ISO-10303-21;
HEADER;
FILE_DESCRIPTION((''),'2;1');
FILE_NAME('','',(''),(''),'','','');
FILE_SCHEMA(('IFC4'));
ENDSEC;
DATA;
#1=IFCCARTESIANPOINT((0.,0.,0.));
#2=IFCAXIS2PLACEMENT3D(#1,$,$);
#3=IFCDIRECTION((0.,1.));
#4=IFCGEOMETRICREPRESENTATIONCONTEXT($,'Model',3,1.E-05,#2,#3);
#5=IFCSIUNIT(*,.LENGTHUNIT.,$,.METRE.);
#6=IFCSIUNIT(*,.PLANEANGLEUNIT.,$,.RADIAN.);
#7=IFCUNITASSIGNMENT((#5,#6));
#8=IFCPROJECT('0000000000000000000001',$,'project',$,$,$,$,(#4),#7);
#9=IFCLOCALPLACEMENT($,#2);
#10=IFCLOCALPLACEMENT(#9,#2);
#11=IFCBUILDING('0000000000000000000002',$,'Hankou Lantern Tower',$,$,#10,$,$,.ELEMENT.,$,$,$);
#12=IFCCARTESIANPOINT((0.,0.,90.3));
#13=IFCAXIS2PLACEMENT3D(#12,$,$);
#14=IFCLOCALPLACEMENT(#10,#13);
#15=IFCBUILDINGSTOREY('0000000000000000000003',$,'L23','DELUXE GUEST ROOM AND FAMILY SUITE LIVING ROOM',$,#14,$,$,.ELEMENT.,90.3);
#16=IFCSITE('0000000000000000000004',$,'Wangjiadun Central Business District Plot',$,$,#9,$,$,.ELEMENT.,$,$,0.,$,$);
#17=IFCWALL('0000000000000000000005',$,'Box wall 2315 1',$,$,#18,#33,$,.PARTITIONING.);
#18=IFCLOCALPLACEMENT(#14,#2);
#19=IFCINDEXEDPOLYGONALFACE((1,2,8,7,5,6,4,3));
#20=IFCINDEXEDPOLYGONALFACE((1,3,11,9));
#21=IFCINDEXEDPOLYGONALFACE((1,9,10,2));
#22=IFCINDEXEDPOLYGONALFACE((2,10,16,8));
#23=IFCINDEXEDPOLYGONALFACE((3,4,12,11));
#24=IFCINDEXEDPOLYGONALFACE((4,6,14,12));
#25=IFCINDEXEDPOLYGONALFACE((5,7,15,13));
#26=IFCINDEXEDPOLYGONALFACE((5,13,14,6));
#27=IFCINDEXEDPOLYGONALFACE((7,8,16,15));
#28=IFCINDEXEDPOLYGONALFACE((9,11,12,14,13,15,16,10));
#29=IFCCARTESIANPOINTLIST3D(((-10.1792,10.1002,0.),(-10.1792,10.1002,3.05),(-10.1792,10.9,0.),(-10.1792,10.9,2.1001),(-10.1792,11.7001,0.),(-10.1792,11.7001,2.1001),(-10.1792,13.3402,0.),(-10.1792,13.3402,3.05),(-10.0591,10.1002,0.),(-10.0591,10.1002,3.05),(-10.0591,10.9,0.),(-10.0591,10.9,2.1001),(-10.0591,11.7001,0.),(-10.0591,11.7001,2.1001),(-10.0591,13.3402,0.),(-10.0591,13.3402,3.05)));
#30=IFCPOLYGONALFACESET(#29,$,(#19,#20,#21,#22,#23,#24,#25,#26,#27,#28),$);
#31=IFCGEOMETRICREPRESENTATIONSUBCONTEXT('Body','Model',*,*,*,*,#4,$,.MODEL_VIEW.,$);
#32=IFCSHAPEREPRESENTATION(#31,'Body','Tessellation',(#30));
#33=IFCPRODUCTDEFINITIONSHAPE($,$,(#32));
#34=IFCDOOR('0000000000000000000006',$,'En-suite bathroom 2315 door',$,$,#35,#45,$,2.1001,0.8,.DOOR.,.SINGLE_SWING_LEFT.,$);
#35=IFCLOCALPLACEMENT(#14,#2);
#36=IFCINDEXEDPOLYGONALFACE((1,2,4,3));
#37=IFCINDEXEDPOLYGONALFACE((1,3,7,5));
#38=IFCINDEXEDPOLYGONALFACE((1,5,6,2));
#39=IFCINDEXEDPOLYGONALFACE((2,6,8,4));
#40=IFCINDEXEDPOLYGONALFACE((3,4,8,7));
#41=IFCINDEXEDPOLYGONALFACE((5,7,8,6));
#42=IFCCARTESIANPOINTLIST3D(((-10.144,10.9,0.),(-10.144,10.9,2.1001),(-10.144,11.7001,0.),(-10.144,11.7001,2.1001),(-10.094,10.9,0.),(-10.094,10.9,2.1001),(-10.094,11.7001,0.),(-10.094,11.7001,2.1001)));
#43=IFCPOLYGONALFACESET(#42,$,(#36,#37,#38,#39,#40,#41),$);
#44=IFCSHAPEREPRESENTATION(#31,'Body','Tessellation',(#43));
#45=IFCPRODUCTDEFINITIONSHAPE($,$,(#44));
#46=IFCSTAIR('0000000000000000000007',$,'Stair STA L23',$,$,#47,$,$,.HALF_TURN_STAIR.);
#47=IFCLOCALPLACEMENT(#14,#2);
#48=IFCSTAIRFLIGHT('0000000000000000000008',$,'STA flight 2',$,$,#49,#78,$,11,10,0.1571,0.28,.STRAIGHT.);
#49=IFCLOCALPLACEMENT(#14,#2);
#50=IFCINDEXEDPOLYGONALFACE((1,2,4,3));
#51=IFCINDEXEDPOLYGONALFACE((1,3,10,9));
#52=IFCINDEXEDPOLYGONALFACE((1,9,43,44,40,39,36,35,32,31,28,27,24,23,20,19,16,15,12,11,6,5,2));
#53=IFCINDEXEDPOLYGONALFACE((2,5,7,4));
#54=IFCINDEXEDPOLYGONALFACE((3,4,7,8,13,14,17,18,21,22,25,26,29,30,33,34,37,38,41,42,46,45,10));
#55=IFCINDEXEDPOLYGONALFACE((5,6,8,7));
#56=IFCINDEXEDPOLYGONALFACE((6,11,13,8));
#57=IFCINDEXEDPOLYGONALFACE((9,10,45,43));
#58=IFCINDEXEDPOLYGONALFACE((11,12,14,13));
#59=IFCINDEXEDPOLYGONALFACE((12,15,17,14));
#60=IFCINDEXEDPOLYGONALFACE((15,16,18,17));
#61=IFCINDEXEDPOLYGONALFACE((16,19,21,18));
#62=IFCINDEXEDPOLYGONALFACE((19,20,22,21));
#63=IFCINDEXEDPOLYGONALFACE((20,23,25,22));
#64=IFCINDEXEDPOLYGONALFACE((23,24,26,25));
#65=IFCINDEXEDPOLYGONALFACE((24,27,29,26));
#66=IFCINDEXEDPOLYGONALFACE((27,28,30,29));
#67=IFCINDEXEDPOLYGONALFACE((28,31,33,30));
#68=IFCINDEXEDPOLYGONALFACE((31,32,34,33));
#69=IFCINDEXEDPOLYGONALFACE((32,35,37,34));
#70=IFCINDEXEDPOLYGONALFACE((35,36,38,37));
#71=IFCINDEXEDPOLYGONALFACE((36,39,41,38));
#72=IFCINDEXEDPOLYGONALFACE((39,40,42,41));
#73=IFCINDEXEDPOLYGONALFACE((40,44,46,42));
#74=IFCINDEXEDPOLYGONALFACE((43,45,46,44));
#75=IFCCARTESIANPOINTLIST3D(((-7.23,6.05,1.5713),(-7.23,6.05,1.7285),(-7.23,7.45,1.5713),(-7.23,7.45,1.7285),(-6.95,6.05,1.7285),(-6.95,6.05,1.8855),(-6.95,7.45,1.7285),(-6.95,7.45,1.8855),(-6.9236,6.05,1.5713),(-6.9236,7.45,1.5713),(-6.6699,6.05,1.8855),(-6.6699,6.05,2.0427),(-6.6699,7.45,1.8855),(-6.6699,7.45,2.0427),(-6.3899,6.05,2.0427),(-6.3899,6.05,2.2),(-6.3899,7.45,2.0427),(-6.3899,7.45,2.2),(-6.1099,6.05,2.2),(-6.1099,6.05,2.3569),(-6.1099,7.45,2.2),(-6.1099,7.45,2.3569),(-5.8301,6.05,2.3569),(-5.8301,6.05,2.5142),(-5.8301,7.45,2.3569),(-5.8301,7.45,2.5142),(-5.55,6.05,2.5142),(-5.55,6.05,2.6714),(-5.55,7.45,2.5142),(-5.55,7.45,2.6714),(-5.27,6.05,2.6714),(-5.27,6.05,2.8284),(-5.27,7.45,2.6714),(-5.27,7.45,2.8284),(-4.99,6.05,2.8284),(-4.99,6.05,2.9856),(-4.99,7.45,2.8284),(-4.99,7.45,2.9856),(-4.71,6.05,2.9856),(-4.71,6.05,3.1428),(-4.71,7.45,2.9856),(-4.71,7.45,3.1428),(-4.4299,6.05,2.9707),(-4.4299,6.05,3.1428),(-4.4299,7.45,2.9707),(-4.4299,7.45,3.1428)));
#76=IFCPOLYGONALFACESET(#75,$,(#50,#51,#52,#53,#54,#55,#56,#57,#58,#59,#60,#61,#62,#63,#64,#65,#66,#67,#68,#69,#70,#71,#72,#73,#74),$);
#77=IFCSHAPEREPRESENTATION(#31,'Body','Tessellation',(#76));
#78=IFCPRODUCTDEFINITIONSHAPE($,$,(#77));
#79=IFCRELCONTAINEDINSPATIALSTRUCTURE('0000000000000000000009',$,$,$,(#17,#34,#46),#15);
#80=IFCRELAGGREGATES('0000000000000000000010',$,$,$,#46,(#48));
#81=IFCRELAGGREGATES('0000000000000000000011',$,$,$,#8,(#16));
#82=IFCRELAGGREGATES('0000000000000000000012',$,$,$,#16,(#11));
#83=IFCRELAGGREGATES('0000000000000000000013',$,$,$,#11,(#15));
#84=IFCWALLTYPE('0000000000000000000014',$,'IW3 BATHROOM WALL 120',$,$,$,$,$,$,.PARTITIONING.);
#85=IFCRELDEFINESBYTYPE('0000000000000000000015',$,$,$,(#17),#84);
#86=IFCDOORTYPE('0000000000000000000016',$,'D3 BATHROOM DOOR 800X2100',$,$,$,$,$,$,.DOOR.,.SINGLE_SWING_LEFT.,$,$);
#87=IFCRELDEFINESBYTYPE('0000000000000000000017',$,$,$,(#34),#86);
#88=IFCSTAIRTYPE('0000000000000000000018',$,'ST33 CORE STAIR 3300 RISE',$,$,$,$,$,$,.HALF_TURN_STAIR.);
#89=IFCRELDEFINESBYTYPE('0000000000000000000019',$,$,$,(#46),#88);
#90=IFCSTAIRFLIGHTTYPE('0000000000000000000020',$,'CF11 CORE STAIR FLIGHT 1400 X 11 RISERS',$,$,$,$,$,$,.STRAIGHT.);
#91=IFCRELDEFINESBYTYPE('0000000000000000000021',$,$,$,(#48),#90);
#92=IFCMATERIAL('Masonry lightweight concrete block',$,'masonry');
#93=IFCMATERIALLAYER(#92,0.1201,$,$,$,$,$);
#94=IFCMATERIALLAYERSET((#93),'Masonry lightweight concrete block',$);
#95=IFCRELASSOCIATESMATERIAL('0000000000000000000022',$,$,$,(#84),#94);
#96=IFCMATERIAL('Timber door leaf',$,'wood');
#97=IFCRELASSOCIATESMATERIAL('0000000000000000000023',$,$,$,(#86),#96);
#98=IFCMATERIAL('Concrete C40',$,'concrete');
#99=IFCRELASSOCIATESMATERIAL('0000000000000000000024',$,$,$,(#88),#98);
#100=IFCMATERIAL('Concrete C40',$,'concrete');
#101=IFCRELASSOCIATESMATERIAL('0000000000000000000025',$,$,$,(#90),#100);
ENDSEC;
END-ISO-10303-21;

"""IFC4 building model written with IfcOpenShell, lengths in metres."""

from ifc_helpers import new_model, si_unit, direction, frame, frame_2d, origin, place, context, subcontext, project, spatial, polyline, rectangle, outline, extrude, material, layer, layer_set, type_object, element, fill, aggregate, save


model = new_model("IFC4")

# Units and contexts
model_context = context("Model", 3, precision=1e-05, world=origin(), true_north=direction((0.0, 1.0)))
body_context = subcontext(model_context, "Body", "Model", "MODEL_VIEW")
ifc_project = project(units=[si_unit("LENGTHUNIT", "METRE"), si_unit("PLANEANGLEUNIT", "RADIAN")], contexts=[model_context])

# Site, building, storey
site_placement = place(None, origin())
site = spatial("IfcSite", under=ifc_project, at=site_placement, Name="Wangjiadun Central Business District Plot", CompositionType="ELEMENT", RefElevation=0.0)
building_placement = place(site_placement, origin())
building = spatial("IfcBuilding", under=site, at=building_placement, Name="Hankou Lantern Tower", CompositionType="ELEMENT")
storey_placement = place(building_placement, frame((0.0, 0.0, 90.3)))
storey = spatial("IfcBuildingStorey", under=building, at=storey_placement, Name="L23", Description="DELUXE GUEST ROOM AND FAMILY SUITE LIVING ROOM", CompositionType="ELEMENT", Elevation=90.3)

# Wall, opening, door
ifc_material_1 = material(Name="Masonry lightweight concrete block", Category="masonry")
ifc_layer_1 = layer(ifc_material_1, 0.1201)
ifc_layer_set_1 = layer_set([ifc_layer_1], Name="Masonry lightweight concrete block")
wall_type_1 = type_object("IfcWallType", Name="IW3 BATHROOM WALL 120", PredefinedType="PARTITIONING", material=ifc_layer_set_1)
wall_1_placement = place(storey_placement, frame((-10.1191, 10.1001, 0.0), z_axis=(0.0, 0.0, 1.0), x_axis=(0.0, 1.0, 0.0)))
wall_1 = element("IfcWall", 1, at=wall_1_placement, inside=storey, type_object=wall_type_1, Name="Box wall 2315 1", PredefinedType="PARTITIONING", context=body_context, shape_type="SweptSolid", body=[
    extrude(rectangle(XDim=3.24, YDim=0.1201, at=frame_2d((1.6201, 0.0))), origin(), (0.0, 0.0, 1.0), 3.05),
])
opening_1_placement = place(wall_1_placement, frame((0.8, 0.0, 0.0)))
opening_1 = element("IfcOpeningElement", 2, at=opening_1_placement, cuts=wall_1, PredefinedType="OPENING", context=body_context, shape_type="SweptSolid", body=[
    extrude(rectangle(XDim=0.8, YDim=2.1001, at=frame_2d((0.3999, 1.05))), frame((0.0, 0.0701, 0.0), z_axis=(0.0, -1.0, 0.0), x_axis=(1.0, 0.0, 0.0)), (0.0, 0.0, 1.0), 0.1401),
])
ifc_material_2 = material(Name="Timber door leaf", Category="wood")
door_type_1 = type_object("IfcDoorType", Name="D3 BATHROOM DOOR 800X2100", OperationType="SINGLE_SWING_LEFT", PredefinedType="DOOR", material=ifc_material_2)
door_1_placement = place(opening_1_placement, origin())
door_1 = element("IfcDoor", 3, at=door_1_placement, inside=storey, type_object=door_type_1, Name="En-suite bathroom 2315 door", OperationType="SINGLE_SWING_LEFT", OverallHeight=2.1001, OverallWidth=0.8, PredefinedType="DOOR", context=body_context, shape_type="SweptSolid", body=[
    extrude(rectangle(XDim=0.8, YDim=2.1001, at=frame_2d((0.3999, 1.05))), frame((0.0, 0.0249, 0.0), z_axis=(0.0, -1.0, 0.0), x_axis=(1.0, 0.0, 0.0)), (0.0, 0.0, 1.0), 0.05),
])
fill(opening_1, door_1)

# Stair, stair flight
ifc_material_3 = material(Name="Concrete C40", Category="concrete")
stair_type = type_object("IfcStairType", Name="ST33 CORE STAIR 3300 RISE", PredefinedType="HALF_TURN_STAIR", material=ifc_material_3)
stair_placement = place(storey_placement, origin())
stair = element("IfcStair", 4, at=stair_placement, inside=storey, type_object=stair_type, Name="Stair STA L23", PredefinedType="HALF_TURN_STAIR")
ifc_material_4 = material(Name="Concrete C40", Category="concrete")
stair_flight_type = type_object("IfcStairFlightType", Name="CF11 CORE STAIR FLIGHT 1400 X 11 RISERS", PredefinedType="STRAIGHT", material=ifc_material_4)
stair_flight_placement = place(storey_placement, frame((-7.23, 6.75, 1.5713), z_axis=(0.0, 0.0, 1.0), x_axis=(1.0, 0.0, 0.0)))
stair_flight = element("IfcStairFlight", 5, at=stair_flight_placement, type_object=stair_flight_type, Name="STA flight 2", NumberOfRisers=11, NumberOfTreads=10, PredefinedType="STRAIGHT", RiserHeight=0.1571, TreadLength=0.28, context=body_context, shape_type="SweptSolid", body=[
    extrude(outline(polyline([(0.0, 0.0), (0.0, 0.1572), (0.28, 0.1572), (0.28, 0.3142), (0.5601, 0.3142), (0.5601, 0.4714), (0.8401, 0.4714), (0.8401, 0.6287), (1.1201, 0.6287), (1.1201, 0.7856), (1.3999, 0.7856), (1.3999, 0.9429), (1.6799, 0.9429), (1.6799, 1.1001), (1.96, 1.1001), (1.96, 1.2571), (2.24, 1.2571), (2.24, 1.4143), (2.52, 1.4143), (2.52, 1.5715), (2.8, 1.5715), (2.8, 1.7285), (2.8, 1.3994), (0.3064, 0.0), (0.0, 0.0)])), frame((0.0, 0.7, 0.0), z_axis=(0.0, -1.0, 0.0), x_axis=(1.0, 0.0, 0.0)), (0.0, 0.0, 1.0), 1.3999),
])
aggregate(stair, [stair_flight])

save(model, "model.ifc")
